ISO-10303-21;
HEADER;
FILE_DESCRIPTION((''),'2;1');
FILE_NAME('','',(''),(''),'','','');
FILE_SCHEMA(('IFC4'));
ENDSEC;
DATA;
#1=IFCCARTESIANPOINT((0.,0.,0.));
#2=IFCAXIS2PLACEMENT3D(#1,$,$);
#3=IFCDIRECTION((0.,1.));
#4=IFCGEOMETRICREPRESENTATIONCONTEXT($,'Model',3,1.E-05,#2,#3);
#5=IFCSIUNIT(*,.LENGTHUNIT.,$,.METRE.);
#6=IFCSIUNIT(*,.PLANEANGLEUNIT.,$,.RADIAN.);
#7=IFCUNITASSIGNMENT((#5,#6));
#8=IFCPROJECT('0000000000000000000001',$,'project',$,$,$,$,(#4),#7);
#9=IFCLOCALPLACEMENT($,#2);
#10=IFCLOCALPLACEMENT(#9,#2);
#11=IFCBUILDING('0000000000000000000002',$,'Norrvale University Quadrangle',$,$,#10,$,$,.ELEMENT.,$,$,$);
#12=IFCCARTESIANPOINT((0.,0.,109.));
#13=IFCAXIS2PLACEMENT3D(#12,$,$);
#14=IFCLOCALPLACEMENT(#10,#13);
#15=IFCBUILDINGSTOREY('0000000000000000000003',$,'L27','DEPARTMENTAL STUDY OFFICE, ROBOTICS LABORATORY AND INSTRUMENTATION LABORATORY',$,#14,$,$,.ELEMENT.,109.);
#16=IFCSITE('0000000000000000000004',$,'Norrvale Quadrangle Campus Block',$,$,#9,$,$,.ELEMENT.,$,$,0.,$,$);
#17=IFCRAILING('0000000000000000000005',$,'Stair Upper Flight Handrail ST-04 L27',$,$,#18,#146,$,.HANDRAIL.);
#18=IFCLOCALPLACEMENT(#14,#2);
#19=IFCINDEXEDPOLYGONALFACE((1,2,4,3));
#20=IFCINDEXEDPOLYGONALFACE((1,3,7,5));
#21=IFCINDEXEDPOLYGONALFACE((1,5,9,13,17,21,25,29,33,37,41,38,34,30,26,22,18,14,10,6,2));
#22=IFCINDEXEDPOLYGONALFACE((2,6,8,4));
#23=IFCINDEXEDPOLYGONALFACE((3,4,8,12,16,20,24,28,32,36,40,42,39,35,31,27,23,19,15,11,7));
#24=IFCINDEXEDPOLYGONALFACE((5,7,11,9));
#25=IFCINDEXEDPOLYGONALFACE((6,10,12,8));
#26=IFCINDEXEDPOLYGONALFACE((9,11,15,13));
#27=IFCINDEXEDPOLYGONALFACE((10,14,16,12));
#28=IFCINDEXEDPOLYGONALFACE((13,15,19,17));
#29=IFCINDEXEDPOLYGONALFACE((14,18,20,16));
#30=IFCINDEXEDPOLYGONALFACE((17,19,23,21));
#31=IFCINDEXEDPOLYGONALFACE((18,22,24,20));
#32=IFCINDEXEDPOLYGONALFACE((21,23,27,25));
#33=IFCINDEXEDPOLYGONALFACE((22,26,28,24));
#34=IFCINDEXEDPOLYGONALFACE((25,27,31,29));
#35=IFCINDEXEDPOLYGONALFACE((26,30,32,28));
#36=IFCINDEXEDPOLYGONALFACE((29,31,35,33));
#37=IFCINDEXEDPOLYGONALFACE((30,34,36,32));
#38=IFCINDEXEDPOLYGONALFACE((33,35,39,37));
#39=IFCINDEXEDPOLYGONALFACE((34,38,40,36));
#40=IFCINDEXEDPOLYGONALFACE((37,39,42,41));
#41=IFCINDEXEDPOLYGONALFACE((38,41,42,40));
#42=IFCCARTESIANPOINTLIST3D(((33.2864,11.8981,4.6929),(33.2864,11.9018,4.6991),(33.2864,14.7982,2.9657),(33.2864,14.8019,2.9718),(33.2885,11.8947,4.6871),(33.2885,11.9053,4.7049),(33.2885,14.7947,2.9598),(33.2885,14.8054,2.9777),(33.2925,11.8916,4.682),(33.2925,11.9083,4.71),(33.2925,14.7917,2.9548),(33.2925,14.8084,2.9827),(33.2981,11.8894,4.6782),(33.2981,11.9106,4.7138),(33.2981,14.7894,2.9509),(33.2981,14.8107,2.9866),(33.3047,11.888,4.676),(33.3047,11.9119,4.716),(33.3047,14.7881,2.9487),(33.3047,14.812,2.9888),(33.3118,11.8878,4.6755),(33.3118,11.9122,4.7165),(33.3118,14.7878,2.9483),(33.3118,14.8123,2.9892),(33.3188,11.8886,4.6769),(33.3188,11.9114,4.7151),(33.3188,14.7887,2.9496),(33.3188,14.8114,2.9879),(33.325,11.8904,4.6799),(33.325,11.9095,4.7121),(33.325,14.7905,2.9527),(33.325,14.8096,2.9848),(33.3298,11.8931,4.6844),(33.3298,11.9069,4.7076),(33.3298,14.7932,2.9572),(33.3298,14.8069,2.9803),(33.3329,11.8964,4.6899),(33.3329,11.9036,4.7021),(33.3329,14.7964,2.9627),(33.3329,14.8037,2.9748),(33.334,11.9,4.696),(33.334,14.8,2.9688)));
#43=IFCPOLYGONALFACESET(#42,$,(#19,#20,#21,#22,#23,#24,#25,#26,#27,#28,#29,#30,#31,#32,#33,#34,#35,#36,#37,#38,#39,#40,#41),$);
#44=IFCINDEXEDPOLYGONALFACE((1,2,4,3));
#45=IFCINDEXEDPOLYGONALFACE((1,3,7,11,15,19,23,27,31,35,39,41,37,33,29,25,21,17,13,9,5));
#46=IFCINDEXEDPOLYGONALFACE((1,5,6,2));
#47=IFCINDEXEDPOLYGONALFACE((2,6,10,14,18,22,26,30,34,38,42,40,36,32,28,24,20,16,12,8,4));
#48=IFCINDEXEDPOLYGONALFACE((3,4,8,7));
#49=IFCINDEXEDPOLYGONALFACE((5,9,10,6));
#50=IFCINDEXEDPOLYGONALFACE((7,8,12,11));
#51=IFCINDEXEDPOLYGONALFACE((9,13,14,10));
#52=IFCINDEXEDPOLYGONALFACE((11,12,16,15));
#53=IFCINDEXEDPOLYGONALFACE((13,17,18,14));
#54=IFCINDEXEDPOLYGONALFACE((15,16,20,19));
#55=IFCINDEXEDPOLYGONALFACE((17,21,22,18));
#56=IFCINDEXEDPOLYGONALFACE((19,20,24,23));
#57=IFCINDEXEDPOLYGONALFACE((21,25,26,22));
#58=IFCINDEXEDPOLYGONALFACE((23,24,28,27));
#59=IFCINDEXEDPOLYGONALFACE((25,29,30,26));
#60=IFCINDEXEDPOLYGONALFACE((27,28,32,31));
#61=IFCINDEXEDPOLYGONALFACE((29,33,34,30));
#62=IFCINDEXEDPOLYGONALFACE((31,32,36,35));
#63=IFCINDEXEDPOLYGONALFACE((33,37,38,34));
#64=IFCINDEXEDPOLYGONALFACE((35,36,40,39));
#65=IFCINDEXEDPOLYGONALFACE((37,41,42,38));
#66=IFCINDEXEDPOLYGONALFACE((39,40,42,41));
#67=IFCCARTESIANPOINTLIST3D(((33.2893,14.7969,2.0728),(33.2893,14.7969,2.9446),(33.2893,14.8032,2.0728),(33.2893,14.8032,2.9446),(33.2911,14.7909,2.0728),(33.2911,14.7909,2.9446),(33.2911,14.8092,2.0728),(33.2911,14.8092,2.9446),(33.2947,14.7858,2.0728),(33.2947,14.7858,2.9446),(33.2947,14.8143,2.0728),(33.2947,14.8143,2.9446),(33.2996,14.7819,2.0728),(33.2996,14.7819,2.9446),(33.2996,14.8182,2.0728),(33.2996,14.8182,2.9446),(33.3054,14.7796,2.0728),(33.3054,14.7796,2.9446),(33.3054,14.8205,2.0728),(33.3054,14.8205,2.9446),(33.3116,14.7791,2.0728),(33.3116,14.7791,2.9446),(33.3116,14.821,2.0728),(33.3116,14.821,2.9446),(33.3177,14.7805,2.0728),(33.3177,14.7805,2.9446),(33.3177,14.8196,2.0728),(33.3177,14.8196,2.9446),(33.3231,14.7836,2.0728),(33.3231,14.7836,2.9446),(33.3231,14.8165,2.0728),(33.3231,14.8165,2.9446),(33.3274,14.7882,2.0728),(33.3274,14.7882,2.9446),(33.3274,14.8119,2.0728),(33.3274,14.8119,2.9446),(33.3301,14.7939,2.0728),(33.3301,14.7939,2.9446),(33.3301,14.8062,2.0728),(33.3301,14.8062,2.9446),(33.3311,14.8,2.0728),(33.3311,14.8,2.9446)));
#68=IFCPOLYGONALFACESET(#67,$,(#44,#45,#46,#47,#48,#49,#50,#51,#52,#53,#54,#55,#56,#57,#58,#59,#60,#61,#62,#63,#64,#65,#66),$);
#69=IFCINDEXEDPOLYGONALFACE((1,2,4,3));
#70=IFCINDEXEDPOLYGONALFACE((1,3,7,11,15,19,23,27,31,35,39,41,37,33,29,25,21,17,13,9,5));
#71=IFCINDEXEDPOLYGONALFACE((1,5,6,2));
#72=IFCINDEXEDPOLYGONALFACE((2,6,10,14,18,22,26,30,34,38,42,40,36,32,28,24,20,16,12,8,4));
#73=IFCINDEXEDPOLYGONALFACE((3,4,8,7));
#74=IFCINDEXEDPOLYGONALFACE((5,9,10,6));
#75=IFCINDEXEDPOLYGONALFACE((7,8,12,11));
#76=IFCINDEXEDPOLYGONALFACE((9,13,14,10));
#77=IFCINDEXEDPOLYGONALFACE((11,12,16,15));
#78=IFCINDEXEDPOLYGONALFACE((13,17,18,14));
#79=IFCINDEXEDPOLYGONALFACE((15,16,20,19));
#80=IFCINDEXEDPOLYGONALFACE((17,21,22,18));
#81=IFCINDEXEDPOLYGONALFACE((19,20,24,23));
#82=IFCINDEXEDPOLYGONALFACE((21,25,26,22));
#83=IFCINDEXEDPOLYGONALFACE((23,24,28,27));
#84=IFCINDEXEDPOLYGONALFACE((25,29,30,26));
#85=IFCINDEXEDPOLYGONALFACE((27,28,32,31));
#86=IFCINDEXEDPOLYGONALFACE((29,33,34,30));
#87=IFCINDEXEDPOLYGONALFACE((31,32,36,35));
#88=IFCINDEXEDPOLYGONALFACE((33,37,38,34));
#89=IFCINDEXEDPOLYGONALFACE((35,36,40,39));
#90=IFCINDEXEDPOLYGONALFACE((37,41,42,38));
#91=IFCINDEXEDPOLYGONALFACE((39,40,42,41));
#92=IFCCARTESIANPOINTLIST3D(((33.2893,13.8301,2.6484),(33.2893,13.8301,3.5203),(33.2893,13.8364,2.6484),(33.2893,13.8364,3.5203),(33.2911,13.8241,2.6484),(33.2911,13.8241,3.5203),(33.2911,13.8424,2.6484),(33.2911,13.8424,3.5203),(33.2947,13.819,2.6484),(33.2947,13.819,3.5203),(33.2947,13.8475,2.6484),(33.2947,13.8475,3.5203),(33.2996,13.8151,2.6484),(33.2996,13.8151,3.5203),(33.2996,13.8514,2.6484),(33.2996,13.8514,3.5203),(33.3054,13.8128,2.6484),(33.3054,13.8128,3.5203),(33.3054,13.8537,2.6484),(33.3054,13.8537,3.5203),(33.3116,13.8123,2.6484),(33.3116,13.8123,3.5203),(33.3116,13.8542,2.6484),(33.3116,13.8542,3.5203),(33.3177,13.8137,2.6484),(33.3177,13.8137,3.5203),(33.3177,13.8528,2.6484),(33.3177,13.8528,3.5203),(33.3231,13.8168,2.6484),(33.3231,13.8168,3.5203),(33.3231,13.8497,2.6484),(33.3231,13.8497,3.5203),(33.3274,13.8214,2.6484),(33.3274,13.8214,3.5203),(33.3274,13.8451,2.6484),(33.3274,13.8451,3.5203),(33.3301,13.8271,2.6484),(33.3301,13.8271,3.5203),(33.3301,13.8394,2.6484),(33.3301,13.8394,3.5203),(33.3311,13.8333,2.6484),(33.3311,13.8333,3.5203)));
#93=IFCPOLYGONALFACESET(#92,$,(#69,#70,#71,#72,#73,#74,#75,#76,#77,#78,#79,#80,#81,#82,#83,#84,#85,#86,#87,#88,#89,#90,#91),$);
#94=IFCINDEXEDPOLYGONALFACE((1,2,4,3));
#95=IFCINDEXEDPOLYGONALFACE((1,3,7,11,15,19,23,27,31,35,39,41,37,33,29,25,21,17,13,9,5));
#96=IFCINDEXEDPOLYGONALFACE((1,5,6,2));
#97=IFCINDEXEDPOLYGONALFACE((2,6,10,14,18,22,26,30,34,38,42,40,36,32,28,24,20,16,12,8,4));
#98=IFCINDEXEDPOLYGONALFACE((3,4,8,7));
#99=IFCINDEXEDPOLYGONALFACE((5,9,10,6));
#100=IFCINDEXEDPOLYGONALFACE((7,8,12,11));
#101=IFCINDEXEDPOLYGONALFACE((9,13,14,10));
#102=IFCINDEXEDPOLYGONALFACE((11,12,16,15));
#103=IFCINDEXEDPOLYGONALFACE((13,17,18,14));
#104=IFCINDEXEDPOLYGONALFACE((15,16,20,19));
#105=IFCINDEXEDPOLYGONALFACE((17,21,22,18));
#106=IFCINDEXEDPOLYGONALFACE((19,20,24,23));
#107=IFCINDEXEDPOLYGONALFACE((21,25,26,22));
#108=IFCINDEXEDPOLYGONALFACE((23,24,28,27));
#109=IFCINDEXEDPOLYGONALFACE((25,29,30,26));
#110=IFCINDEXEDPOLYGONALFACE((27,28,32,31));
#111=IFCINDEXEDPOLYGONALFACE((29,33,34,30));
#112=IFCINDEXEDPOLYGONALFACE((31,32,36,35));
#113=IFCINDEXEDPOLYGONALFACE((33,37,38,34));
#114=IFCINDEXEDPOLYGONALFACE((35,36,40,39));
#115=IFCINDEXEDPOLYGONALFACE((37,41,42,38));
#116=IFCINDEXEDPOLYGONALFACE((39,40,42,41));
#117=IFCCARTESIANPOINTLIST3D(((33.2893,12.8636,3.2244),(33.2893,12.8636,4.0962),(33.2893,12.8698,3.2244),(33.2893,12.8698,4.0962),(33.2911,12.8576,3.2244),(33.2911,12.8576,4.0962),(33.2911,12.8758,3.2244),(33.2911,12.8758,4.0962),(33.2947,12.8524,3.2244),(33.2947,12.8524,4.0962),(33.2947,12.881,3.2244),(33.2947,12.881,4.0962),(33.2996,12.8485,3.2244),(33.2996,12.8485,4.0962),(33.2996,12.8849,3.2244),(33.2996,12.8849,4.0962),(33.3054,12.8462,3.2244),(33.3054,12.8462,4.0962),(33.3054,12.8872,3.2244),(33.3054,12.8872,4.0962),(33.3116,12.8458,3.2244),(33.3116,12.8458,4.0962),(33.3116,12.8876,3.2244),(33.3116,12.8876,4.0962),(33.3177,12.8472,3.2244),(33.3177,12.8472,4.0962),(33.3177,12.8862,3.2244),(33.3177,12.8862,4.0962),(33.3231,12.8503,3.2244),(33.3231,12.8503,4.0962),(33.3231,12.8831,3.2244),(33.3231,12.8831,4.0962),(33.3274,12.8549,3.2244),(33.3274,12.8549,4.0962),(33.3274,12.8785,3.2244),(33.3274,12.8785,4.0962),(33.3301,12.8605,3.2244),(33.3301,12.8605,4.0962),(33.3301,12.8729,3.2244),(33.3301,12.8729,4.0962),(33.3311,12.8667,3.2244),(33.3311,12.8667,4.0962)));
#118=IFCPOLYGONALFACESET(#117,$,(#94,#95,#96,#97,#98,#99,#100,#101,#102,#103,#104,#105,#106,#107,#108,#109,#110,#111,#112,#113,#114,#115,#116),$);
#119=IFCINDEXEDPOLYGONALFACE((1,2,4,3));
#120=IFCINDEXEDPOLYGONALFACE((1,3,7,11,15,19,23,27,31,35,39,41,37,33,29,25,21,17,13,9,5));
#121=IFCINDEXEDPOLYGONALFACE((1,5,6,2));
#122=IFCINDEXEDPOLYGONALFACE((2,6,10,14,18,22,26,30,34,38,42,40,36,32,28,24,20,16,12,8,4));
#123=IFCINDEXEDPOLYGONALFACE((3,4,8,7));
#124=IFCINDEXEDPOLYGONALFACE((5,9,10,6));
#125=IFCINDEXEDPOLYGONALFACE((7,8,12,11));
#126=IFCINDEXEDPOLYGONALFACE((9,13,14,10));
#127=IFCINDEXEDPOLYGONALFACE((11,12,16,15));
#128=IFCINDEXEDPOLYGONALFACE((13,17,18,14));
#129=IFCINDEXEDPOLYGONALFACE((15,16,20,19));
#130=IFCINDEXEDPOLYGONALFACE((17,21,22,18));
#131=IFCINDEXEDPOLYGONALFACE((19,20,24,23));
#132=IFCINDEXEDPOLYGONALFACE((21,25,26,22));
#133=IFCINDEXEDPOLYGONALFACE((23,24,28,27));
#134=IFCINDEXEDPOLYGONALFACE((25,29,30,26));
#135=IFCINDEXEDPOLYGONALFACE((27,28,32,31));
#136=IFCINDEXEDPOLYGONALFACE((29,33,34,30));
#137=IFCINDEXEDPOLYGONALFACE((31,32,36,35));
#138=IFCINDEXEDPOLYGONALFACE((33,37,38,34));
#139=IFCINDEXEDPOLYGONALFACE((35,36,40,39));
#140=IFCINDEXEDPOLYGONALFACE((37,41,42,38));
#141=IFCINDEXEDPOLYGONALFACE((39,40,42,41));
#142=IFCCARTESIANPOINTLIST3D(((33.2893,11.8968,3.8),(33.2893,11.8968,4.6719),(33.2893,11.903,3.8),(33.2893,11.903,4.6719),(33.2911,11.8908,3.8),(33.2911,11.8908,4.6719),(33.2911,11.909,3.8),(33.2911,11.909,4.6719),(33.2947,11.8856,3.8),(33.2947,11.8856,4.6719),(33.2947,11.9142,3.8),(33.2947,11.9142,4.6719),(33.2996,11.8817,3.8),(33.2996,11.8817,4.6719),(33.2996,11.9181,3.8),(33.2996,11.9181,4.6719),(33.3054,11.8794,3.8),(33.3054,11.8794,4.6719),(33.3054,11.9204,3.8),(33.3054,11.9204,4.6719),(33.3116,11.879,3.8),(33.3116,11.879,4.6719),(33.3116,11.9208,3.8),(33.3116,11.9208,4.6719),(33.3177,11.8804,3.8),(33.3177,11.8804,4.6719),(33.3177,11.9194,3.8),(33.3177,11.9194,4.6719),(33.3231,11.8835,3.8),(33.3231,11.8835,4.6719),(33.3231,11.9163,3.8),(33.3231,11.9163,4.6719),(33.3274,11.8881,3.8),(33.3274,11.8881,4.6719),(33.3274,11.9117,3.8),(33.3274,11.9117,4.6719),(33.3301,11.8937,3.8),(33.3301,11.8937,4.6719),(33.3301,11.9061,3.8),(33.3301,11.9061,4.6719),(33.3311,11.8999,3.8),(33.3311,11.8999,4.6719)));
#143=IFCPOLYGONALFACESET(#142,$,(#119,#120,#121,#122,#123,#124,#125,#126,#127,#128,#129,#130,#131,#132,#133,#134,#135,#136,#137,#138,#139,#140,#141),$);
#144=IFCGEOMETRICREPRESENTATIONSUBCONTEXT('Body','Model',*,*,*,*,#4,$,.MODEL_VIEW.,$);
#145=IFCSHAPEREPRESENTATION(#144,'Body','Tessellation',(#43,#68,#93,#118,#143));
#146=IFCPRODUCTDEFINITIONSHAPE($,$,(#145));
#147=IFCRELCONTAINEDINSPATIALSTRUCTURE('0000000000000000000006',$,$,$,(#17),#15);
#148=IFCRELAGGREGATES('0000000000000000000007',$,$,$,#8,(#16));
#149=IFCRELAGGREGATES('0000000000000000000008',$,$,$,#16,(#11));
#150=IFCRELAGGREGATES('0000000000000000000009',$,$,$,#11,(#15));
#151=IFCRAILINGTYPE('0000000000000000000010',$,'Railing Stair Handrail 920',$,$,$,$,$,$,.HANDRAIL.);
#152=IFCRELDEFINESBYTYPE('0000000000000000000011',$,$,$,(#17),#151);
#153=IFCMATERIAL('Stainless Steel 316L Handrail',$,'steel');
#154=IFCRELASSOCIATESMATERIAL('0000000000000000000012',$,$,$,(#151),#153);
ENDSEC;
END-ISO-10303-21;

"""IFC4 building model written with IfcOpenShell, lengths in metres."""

from ifc_helpers import new_model, si_unit, direction, frame, origin, origin_2d, place, context, subcontext, project, spatial, circle, extrude, material, type_object, element, save


model = new_model("IFC4")

# Units and contexts
model_context = context("Model", 3, precision=1e-05, world=origin(), true_north=direction((0.0, 1.0)))
body_context = subcontext(model_context, "Body", "Model", "MODEL_VIEW")
ifc_project = project(units=[si_unit("LENGTHUNIT", "METRE"), si_unit("PLANEANGLEUNIT", "RADIAN")], contexts=[model_context])

# Site, building, storey
site_placement = place(None, origin())
site = spatial("IfcSite", under=ifc_project, at=site_placement, Name="Norrvale Quadrangle Campus Block", CompositionType="ELEMENT", RefElevation=0.0)
building_placement = place(site_placement, origin())
building = spatial("IfcBuilding", under=site, at=building_placement, Name="Norrvale University Quadrangle", CompositionType="ELEMENT")
storey_placement = place(building_placement, frame((0.0, 0.0, 109.0)))
storey = spatial("IfcBuildingStorey", under=building, at=storey_placement, Name="L27", Description="DEPARTMENTAL STUDY OFFICE, ROBOTICS LABORATORY AND INSTRUMENTATION LABORATORY", CompositionType="ELEMENT", Elevation=109.0)

# Railing
ifc_material_1 = material(Name="Stainless Steel 316L Handrail", Category="steel")
railing_type_1 = type_object("IfcRailingType", Name="Railing Stair Handrail 920", PredefinedType="HANDRAIL", material=ifc_material_1)
railing_1_placement = place(storey_placement, frame((33.3101, 14.8, 2.0728)))
element("IfcRailing", 1, at=railing_1_placement, inside=storey, type_object=railing_type_1, Name="Stair Upper Flight Handrail ST-04 L27", PredefinedType="HANDRAIL", context=body_context, shape_type="SweptSolid", body=[
    extrude(circle(Radius=0.0239, at=origin_2d()), frame((0.0, 0.0, 0.896), z_axis=(0.0, -0.85916, 0.511706), x_axis=(1.0, 0.0, 0.0)), (0.0, 0.0, 1.0), 3.3755),
    extrude(circle(Radius=0.021, at=origin_2d()), origin(), (0.0, 0.0, 1.0), 0.8718),
    extrude(circle(Radius=0.021, at=origin_2d()), frame((0.0, -0.9668, 0.5757)), (0.0, 0.0, 1.0), 0.8718),
    extrude(circle(Radius=0.021, at=origin_2d()), frame((0.0, -1.9333, 1.1516)), (0.0, 0.0, 1.0), 0.8718),
    extrude(circle(Radius=0.021, at=origin_2d()), frame((0.0, -2.9001, 1.7273)), (0.0, 0.0, 1.0), 0.8718),
])

save(model, "model.ifc")
